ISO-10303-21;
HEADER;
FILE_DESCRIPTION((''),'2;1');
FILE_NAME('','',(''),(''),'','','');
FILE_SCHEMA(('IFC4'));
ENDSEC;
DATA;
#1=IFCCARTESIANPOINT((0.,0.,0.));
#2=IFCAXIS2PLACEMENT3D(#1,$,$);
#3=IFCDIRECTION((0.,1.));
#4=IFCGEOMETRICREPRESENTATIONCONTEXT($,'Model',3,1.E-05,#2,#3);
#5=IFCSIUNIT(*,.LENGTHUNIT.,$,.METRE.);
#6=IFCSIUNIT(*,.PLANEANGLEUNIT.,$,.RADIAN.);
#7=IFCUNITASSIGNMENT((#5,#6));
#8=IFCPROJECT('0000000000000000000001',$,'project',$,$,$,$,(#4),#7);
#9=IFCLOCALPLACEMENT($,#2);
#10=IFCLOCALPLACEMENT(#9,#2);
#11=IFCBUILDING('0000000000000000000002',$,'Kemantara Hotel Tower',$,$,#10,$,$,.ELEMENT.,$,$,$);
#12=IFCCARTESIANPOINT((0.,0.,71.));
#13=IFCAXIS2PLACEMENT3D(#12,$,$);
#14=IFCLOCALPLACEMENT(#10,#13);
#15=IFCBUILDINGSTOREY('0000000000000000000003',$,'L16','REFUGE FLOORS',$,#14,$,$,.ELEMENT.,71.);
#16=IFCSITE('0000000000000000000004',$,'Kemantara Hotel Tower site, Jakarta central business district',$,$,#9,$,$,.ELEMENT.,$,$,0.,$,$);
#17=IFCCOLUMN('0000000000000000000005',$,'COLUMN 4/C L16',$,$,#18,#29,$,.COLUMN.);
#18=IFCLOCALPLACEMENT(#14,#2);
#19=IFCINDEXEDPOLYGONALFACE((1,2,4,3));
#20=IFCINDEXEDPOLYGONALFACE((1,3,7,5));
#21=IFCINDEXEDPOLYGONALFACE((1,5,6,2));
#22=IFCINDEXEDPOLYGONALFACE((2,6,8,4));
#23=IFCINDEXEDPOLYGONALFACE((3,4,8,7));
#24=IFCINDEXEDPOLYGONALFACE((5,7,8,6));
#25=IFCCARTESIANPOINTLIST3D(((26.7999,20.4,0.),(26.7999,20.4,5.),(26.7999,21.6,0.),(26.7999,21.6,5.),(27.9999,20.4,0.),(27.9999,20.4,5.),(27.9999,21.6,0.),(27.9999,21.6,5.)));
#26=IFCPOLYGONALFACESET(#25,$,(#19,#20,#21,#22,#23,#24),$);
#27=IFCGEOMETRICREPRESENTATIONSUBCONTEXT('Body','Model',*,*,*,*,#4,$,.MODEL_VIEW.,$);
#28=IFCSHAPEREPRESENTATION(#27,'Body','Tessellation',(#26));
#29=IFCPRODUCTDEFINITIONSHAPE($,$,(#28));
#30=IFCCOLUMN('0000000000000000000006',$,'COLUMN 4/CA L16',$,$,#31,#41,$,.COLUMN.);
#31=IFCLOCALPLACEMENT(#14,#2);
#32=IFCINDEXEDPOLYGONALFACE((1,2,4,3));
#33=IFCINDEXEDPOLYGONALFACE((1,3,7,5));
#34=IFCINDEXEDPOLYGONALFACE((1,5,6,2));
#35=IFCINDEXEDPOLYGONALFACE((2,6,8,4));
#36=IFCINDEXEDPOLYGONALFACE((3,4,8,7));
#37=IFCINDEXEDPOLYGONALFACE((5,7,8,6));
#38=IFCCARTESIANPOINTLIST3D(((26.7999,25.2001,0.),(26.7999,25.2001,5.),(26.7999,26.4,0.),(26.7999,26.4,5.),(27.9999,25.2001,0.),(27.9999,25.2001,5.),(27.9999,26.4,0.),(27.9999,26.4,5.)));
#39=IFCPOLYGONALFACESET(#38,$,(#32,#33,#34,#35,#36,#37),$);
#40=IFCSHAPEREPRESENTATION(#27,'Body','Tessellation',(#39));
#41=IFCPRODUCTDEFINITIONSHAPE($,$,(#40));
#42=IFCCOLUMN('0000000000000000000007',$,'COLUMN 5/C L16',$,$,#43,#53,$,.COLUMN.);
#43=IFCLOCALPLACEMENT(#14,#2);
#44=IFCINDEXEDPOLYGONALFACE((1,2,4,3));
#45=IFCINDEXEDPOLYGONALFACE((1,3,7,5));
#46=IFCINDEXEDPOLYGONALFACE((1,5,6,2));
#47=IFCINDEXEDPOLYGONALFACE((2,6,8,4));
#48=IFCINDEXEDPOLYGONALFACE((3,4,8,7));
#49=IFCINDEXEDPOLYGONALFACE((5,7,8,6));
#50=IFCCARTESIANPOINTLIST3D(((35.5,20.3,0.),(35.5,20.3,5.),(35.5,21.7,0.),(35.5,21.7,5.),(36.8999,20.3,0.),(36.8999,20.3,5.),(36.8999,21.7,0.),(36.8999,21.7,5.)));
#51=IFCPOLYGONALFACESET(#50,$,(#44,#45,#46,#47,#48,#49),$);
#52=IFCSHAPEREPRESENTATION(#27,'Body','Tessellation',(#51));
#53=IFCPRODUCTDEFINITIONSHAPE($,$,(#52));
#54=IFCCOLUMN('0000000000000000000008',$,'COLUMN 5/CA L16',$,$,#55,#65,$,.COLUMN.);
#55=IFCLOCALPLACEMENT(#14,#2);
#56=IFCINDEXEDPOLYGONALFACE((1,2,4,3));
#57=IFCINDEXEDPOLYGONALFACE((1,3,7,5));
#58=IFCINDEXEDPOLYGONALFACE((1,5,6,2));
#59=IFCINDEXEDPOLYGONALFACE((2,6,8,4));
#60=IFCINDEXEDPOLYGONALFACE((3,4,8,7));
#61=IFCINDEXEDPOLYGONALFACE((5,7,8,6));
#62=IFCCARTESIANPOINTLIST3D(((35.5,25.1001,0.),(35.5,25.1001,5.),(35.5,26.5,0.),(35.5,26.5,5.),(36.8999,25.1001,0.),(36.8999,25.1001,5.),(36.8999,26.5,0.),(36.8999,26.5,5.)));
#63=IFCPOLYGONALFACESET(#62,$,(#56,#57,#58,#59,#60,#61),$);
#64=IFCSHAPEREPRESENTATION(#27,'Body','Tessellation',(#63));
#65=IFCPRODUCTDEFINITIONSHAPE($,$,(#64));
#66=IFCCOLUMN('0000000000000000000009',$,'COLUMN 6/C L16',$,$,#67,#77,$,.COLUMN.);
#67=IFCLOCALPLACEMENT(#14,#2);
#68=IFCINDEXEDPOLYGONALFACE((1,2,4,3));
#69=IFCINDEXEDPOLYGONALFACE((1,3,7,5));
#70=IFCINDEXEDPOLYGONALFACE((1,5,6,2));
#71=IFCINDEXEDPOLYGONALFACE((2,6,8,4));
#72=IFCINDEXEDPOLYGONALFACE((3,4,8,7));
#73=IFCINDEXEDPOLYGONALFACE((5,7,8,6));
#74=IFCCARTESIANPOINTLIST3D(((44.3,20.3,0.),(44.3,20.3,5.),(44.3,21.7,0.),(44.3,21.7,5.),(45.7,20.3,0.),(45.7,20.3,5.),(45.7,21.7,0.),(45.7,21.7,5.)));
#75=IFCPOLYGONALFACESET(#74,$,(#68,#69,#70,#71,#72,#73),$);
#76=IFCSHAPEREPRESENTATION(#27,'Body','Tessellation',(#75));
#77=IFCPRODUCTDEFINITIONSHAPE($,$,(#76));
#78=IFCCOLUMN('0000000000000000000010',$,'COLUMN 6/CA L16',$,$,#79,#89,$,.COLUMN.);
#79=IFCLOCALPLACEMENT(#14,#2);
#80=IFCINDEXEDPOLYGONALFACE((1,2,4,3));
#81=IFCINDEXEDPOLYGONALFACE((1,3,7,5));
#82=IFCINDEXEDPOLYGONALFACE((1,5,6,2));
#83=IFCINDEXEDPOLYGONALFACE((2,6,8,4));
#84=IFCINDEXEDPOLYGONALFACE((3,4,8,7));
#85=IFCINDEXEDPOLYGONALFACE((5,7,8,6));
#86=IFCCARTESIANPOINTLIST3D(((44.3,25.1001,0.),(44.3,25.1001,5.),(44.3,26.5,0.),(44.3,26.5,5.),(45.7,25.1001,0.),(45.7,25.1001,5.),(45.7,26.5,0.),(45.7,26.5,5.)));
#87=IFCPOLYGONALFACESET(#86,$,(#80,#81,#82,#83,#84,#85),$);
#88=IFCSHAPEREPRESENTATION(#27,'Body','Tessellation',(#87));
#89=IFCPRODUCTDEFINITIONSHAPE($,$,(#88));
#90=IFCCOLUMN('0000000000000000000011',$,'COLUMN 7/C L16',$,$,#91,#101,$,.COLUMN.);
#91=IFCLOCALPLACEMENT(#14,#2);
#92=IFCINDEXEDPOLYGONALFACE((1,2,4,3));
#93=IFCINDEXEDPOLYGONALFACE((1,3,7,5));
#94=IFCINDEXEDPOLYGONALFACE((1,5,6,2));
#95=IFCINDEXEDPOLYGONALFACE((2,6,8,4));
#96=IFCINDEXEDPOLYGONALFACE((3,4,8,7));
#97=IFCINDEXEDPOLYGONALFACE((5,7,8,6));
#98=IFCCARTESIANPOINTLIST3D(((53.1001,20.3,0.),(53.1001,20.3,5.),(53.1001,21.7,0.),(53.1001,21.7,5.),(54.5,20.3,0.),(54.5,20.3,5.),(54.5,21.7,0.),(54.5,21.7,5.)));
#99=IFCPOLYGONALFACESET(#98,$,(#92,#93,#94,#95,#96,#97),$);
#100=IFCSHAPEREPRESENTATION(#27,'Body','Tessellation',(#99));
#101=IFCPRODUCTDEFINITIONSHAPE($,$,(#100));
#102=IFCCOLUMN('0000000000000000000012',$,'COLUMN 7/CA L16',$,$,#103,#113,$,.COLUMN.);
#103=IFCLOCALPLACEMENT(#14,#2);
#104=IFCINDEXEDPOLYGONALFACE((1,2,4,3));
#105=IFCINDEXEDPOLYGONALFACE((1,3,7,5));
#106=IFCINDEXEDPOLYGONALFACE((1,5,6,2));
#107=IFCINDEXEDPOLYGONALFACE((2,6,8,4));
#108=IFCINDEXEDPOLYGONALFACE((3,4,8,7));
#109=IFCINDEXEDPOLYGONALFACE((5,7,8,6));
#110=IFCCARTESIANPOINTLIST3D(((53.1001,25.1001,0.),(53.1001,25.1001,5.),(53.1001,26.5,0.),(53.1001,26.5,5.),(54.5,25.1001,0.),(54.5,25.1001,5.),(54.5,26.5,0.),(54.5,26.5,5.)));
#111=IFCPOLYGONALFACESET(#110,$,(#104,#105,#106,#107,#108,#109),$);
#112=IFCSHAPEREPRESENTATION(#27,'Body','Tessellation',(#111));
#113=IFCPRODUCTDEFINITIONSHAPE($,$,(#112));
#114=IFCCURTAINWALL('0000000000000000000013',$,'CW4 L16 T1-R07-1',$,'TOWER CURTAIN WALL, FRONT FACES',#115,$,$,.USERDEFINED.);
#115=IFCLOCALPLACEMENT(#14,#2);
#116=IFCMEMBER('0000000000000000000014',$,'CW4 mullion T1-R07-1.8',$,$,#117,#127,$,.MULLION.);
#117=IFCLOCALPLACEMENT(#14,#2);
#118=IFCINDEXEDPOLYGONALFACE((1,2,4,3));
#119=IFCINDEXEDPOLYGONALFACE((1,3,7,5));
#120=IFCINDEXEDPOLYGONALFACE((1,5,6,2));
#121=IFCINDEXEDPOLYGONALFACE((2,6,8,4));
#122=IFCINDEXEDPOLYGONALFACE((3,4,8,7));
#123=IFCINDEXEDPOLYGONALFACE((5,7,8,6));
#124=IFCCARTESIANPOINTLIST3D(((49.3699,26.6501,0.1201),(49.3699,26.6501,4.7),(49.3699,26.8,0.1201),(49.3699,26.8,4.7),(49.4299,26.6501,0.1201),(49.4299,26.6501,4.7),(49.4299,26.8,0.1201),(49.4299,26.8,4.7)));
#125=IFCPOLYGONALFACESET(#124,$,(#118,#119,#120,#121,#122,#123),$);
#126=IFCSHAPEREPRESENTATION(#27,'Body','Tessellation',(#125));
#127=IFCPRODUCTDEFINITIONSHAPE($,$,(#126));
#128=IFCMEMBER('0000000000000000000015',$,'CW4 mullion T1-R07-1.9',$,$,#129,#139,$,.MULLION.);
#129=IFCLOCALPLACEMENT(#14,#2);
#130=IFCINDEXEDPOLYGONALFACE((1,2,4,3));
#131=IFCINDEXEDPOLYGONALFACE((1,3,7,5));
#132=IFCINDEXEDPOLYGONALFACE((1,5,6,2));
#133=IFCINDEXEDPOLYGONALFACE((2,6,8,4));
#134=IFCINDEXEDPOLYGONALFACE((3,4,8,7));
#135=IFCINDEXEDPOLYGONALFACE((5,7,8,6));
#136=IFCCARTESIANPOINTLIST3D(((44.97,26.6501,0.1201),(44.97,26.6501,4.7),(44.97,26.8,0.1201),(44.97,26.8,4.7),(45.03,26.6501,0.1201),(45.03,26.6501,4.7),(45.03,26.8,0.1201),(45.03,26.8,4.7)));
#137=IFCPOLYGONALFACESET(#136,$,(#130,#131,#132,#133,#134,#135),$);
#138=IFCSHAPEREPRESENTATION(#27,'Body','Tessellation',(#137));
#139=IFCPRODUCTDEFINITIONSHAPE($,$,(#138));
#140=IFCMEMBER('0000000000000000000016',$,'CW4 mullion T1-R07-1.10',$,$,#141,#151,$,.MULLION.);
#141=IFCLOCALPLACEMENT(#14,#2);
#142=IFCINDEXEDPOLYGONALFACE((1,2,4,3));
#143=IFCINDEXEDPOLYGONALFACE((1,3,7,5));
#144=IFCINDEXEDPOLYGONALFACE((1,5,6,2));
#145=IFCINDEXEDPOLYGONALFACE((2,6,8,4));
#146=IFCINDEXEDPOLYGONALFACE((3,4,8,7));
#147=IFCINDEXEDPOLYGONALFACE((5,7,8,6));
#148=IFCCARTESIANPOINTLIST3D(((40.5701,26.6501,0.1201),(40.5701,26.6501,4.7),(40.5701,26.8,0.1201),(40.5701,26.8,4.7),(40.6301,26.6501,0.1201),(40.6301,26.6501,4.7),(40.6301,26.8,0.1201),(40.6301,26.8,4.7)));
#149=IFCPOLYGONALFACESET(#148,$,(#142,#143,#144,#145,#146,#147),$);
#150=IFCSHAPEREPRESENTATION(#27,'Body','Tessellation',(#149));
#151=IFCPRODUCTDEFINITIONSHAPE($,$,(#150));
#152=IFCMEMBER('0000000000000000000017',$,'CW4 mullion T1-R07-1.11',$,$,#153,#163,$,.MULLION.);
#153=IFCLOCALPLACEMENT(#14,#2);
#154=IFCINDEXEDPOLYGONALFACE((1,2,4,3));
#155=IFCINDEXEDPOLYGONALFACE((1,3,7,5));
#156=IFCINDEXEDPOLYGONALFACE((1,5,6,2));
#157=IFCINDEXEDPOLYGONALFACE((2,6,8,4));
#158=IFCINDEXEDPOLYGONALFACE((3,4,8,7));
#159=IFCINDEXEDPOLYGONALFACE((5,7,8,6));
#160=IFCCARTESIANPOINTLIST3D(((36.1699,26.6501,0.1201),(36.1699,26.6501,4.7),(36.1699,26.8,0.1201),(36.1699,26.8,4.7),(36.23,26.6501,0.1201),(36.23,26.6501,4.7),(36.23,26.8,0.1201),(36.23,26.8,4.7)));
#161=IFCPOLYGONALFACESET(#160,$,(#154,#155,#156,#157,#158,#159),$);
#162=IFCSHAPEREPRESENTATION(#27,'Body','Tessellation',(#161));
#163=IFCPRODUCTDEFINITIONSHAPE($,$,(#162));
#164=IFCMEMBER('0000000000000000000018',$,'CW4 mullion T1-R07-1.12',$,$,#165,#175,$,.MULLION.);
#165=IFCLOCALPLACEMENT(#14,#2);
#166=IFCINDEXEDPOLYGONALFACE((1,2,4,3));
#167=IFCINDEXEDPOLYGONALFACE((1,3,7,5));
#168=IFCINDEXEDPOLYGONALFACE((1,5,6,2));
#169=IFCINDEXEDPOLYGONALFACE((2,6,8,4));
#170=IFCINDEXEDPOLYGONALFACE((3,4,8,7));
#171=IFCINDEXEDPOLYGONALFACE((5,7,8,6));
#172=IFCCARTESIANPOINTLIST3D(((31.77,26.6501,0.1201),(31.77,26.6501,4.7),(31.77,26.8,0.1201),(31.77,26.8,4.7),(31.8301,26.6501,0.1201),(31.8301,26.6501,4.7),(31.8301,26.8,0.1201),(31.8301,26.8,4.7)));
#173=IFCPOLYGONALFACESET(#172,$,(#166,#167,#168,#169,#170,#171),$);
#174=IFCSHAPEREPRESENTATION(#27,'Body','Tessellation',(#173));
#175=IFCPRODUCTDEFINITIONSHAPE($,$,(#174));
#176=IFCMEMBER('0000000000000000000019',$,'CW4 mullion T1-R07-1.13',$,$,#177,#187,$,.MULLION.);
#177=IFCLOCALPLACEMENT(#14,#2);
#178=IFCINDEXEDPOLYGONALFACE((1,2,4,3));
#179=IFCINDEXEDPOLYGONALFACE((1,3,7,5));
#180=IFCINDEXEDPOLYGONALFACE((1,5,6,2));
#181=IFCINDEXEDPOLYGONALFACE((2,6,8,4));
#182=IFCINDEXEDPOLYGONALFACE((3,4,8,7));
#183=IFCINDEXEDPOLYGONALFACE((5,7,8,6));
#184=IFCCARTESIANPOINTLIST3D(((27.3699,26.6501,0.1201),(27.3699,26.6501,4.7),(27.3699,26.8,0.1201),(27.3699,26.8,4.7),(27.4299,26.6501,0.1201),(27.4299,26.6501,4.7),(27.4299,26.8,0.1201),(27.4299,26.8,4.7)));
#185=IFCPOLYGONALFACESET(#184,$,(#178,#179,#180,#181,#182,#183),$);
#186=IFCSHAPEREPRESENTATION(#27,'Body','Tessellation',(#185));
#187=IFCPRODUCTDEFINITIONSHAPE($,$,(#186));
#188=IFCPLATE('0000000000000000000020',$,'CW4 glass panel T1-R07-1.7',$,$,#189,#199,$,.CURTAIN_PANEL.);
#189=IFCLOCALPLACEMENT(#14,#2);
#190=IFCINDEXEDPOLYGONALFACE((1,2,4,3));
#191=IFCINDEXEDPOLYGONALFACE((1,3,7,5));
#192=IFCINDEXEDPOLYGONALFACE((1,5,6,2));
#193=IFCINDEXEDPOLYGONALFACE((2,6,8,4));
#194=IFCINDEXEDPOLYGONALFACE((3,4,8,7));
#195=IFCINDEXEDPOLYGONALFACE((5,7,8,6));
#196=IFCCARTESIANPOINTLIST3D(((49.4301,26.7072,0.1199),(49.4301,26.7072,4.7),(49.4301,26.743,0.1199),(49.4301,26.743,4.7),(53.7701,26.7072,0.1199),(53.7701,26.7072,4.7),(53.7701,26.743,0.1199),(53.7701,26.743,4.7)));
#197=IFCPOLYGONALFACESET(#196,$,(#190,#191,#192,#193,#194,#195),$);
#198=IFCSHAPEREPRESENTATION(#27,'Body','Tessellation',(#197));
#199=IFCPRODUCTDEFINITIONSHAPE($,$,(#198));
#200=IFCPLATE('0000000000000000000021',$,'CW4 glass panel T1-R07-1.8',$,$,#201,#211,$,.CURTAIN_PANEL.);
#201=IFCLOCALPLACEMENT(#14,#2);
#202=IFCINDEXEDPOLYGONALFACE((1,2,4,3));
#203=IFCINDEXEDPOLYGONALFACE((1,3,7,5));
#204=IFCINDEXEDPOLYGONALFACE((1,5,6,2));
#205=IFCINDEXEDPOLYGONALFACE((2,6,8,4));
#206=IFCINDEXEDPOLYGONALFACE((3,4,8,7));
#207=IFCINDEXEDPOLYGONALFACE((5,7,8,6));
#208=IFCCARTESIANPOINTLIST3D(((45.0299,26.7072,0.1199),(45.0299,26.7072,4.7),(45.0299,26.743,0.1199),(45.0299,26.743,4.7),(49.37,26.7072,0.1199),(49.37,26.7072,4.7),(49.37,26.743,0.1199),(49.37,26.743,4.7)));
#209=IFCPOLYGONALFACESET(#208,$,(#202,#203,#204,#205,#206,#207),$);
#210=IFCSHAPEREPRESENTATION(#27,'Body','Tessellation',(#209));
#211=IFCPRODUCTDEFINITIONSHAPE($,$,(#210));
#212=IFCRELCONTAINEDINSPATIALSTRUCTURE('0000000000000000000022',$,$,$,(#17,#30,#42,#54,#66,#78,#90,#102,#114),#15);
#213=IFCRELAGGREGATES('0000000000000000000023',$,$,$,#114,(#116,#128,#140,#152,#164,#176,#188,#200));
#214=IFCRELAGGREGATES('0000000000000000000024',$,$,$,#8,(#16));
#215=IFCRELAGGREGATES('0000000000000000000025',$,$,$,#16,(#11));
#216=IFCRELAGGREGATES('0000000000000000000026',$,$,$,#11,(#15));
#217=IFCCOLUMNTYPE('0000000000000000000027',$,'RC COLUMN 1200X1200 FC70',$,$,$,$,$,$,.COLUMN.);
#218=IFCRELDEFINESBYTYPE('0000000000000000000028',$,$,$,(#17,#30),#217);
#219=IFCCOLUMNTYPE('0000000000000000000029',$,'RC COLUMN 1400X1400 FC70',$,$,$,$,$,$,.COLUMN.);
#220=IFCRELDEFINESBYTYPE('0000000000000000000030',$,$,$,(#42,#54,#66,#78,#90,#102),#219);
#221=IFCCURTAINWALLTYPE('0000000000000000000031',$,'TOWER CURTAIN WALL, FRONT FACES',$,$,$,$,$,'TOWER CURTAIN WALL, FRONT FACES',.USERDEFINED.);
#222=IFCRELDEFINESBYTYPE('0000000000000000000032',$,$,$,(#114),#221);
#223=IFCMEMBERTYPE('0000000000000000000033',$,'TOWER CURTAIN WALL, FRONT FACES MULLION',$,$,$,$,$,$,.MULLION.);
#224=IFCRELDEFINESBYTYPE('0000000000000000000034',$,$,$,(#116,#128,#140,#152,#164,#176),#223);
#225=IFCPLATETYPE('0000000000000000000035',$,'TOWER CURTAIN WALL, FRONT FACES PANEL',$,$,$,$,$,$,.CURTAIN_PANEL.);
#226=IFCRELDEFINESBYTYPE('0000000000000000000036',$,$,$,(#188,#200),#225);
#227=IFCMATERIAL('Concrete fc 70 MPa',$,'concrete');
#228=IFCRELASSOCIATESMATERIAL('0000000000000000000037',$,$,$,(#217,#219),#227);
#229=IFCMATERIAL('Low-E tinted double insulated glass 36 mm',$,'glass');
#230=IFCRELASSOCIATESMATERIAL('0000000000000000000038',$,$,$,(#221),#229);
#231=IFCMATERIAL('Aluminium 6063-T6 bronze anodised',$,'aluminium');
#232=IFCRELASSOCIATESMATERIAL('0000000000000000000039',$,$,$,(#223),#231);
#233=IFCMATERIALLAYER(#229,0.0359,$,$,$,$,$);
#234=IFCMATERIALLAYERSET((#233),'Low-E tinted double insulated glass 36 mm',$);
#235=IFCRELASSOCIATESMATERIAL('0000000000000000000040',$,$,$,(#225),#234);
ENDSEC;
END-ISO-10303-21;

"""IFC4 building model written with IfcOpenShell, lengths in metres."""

from ifc_helpers import new_model, si_unit, direction, frame, origin, origin_2d, place, context, subcontext, project, spatial, rectangle, extrude, source, transform, mapped, material, layer, layer_set, material_profile, profile_set, type_object, element, aggregate, save


model = new_model("IFC4")

# Units and contexts
model_context = context("Model", 3, precision=1e-05, world=origin(), true_north=direction((0.0, 1.0)))
body_context = subcontext(model_context, "Body", "Model", "MODEL_VIEW")
ifc_project = project(units=[si_unit("LENGTHUNIT", "METRE"), si_unit("PLANEANGLEUNIT", "RADIAN")], contexts=[model_context])

# Site, building, storey
site_placement = place(None, origin())
site = spatial("IfcSite", under=ifc_project, at=site_placement, Name="Kemantara Hotel Tower site, Jakarta central business district", CompositionType="ELEMENT", RefElevation=0.0)
building_placement = place(site_placement, origin())
building = spatial("IfcBuilding", under=site, at=building_placement, Name="Kemantara Hotel Tower", CompositionType="ELEMENT")
storey_placement = place(building_placement, frame((0.0, 0.0, 71.0)))
storey = spatial("IfcBuildingStorey", under=building, at=storey_placement, Name="L16", Description="REFUGE FLOORS", CompositionType="ELEMENT", Elevation=71.0)

# Columns
ifc_material_1 = material(Name="Concrete fc 70 MPa", Category="concrete")
ifc_material_profile_1 = material_profile(ifc_material_1, rectangle(XDim=1.2, YDim=1.2, at=origin_2d()), Name="RC 1200X1200")
ifc_profile_set_1 = profile_set([ifc_material_profile_1], Name="Concrete fc 70 MPa")
column_type_1 = type_object("IfcColumnType", Name="RC COLUMN 1200X1200 FC70", PredefinedType="COLUMN", material=ifc_profile_set_1)
for number, where, z_axis, x_axis, name in (
    (1, (27.3999, 21.0, 0.0), (0.0, 0.0, 1.0), (1.0, 0.0, 0.0), "COLUMN 4/C L16"),
    (2, (27.3999, 25.8, 0.0), (0.0, 0.0, 1.0), (1.0, 0.0, 0.0), "COLUMN 4/CA L16"),
):
    element("IfcColumn", number, at=place(storey_placement, frame(where, z_axis=z_axis, x_axis=x_axis)), inside=storey, type_object=column_type_1, Name=name, PredefinedType="COLUMN", context=body_context, shape_type="SweptSolid", body=[
        extrude(rectangle(XDim=1.2, YDim=1.2, at=origin_2d()), origin(), (0.0, 0.0, 1.0), 5.0),
    ])
ifc_material_profile_2 = material_profile(ifc_material_1, rectangle(XDim=1.3999, YDim=1.3999, at=origin_2d()), Name="RC 1400X1400")
ifc_profile_set_2 = profile_set([ifc_material_profile_2], Name="Concrete fc 70 MPa")
column_type_2 = type_object("IfcColumnType", Name="RC COLUMN 1400X1400 FC70", PredefinedType="COLUMN", material=ifc_profile_set_2)
for number, where, z_axis, x_axis, name in (
    (3, (36.2, 21.0, 0.0), (0.0, 0.0, 1.0), (1.0, 0.0, 0.0), "COLUMN 5/C L16"),
    (4, (36.2, 25.8, 0.0), (0.0, 0.0, 1.0), (1.0, 0.0, 0.0), "COLUMN 5/CA L16"),
    (5, (45.0, 21.0, 0.0), (0.0, 0.0, 1.0), (1.0, 0.0, 0.0), "COLUMN 6/C L16"),
    (6, (45.0, 25.8, 0.0), (0.0, 0.0, 1.0), (1.0, 0.0, 0.0), "COLUMN 6/CA L16"),
    (7, (53.8, 21.0, 0.0), (0.0, 0.0, 1.0), (1.0, 0.0, 0.0), "COLUMN 7/C L16"),
    (8, (53.8, 25.8, 0.0), (0.0, 0.0, 1.0), (1.0, 0.0, 0.0), "COLUMN 7/CA L16"),
):
    element("IfcColumn", number, at=place(storey_placement, frame(where, z_axis=z_axis, x_axis=x_axis)), inside=storey, type_object=column_type_2, Name=name, PredefinedType="COLUMN", context=body_context, shape_type="SweptSolid", body=[
        extrude(rectangle(XDim=1.3999, YDim=1.3999, at=origin_2d()), origin(), (0.0, 0.0, 1.0), 5.0),
    ])

# Curtain wall, members, plates
ifc_material_2 = material(Name="Low-E tinted double insulated glass 36 mm", Category="glass")
curtain_wall_type = type_object("IfcCurtainWallType", Name="TOWER CURTAIN WALL, FRONT FACES", ElementType="TOWER CURTAIN WALL, FRONT FACES", PredefinedType="USERDEFINED", material=ifc_material_2)
curtain_wall_placement = place(storey_placement, origin())
curtain_wall = element("IfcCurtainWall", 9, at=curtain_wall_placement, inside=storey, type_object=curtain_wall_type, Name="CW4 L16 T1-R07-1", ObjectType="TOWER CURTAIN WALL, FRONT FACES", PredefinedType="USERDEFINED")
ifc_material_3 = material(Name="Aluminium 6063-T6 bronze anodised", Category="aluminium")
ifc_material_profile_3 = material_profile(ifc_material_3, rectangle(XDim=0.1499, YDim=0.0601, at=origin_2d()), Name="TOWER CURTAIN WALL, FRONT FACES MULLION")
ifc_profile_set_3 = profile_set([ifc_material_profile_3], Name="Aluminium 6063-T6 bronze anodised")
member_type = type_object("IfcMemberType", Name="TOWER CURTAIN WALL, FRONT FACES MULLION", PredefinedType="MULLION", material=ifc_profile_set_3)
shared_shape_1 = source(origin(), body_context, "Body", "SweptSolid", [
    extrude(rectangle(XDim=0.1499, YDim=0.0601, at=origin_2d()), origin(), (0.0, 0.0, 1.0), 4.5798),
])
member_1_placement = place(storey_placement, frame((49.3999, 26.7251, 0.1201), z_axis=(0.0, 0.0, 1.0), x_axis=(0.0, -1.0, 0.0)))
member_1 = element("IfcMember", 10, at=member_1_placement, type_object=member_type, Name="CW4 mullion T1-R07-1.8", PredefinedType="MULLION", context=body_context, shape_type="MappedRepresentation", body=[
    mapped(shared_shape_1, transform((0.0, 0.0, 0.0))),
])
member_2_placement = place(storey_placement, frame((45.0, 26.7251, 0.1201), z_axis=(0.0, 0.0, 1.0), x_axis=(0.0, -1.0, 0.0)))
member_2 = element("IfcMember", 11, at=member_2_placement, type_object=member_type, Name="CW4 mullion T1-R07-1.9", PredefinedType="MULLION", context=body_context, shape_type="MappedRepresentation", body=[
    mapped(shared_shape_1, transform((0.0, 0.0, 0.0))),
])
member_3_placement = place(storey_placement, frame((40.6001, 26.7251, 0.1201), z_axis=(0.0, 0.0, 1.0), x_axis=(0.0, -1.0, 0.0)))
member_3 = element("IfcMember", 12, at=member_3_placement, type_object=member_type, Name="CW4 mullion T1-R07-1.10", PredefinedType="MULLION", context=body_context, shape_type="MappedRepresentation", body=[
    mapped(shared_shape_1, transform((0.0, 0.0, 0.0))),
])
member_4_placement = place(storey_placement, frame((36.2, 26.7251, 0.1201), z_axis=(0.0, 0.0, 1.0), x_axis=(0.0, -1.0, 0.0)))
member_4 = element("IfcMember", 13, at=member_4_placement, type_object=member_type, Name="CW4 mullion T1-R07-1.11", PredefinedType="MULLION", context=body_context, shape_type="MappedRepresentation", body=[
    mapped(shared_shape_1, transform((0.0, 0.0, 0.0))),
])
member_5_placement = place(storey_placement, frame((31.8, 26.7251, 0.1201), z_axis=(0.0, 0.0, 1.0), x_axis=(0.0, -1.0, 0.0)))
member_5 = element("IfcMember", 14, at=member_5_placement, type_object=member_type, Name="CW4 mullion T1-R07-1.12", PredefinedType="MULLION", context=body_context, shape_type="MappedRepresentation", body=[
    mapped(shared_shape_1, transform((0.0, 0.0, 0.0))),
])
member_6_placement = place(storey_placement, frame((27.3999, 26.7251, 0.1201), z_axis=(0.0, 0.0, 1.0), x_axis=(0.0, -1.0, 0.0)))
member_6 = element("IfcMember", 15, at=member_6_placement, type_object=member_type, Name="CW4 mullion T1-R07-1.13", PredefinedType="MULLION", context=body_context, shape_type="MappedRepresentation", body=[
    mapped(shared_shape_1, transform((0.0, 0.0, 0.0))),
])
ifc_layer = layer(ifc_material_2, 0.0359)
ifc_layer_set = layer_set([ifc_layer], Name="Low-E tinted double insulated glass 36 mm")
plate_type = type_object("IfcPlateType", Name="TOWER CURTAIN WALL, FRONT FACES PANEL", PredefinedType="CURTAIN_PANEL", material=ifc_layer_set)
shared_shape_2 = source(origin(), body_context, "Body", "SweptSolid", [
    extrude(rectangle(XDim=4.3401, YDim=0.0359, at=origin_2d()), origin(), (0.0, 0.0, 1.0), 4.5801),
])
plate_1_placement = place(storey_placement, frame((51.6001, 26.7251, 0.1199), z_axis=(0.0, 0.0, 1.0), x_axis=(-1.0, 0.0, 0.0)))
plate_1 = element("IfcPlate", 16, at=plate_1_placement, type_object=plate_type, Name="CW4 glass panel T1-R07-1.7", PredefinedType="CURTAIN_PANEL", context=body_context, shape_type="MappedRepresentation", body=[
    mapped(shared_shape_2, transform((0.0, 0.0, 0.0))),
])
plate_2_placement = place(storey_placement, frame((47.2, 26.7251, 0.1199), z_axis=(0.0, 0.0, 1.0), x_axis=(-1.0, 0.0, 0.0)))
plate_2 = element("IfcPlate", 17, at=plate_2_placement, type_object=plate_type, Name="CW4 glass panel T1-R07-1.8", PredefinedType="CURTAIN_PANEL", context=body_context, shape_type="MappedRepresentation", body=[
    mapped(shared_shape_2, transform((0.0, 0.0, 0.0))),
])
aggregate(curtain_wall, [member_1, member_2, member_3, member_4, member_5, member_6, plate_1, plate_2])

save(model, "model.ifc")
